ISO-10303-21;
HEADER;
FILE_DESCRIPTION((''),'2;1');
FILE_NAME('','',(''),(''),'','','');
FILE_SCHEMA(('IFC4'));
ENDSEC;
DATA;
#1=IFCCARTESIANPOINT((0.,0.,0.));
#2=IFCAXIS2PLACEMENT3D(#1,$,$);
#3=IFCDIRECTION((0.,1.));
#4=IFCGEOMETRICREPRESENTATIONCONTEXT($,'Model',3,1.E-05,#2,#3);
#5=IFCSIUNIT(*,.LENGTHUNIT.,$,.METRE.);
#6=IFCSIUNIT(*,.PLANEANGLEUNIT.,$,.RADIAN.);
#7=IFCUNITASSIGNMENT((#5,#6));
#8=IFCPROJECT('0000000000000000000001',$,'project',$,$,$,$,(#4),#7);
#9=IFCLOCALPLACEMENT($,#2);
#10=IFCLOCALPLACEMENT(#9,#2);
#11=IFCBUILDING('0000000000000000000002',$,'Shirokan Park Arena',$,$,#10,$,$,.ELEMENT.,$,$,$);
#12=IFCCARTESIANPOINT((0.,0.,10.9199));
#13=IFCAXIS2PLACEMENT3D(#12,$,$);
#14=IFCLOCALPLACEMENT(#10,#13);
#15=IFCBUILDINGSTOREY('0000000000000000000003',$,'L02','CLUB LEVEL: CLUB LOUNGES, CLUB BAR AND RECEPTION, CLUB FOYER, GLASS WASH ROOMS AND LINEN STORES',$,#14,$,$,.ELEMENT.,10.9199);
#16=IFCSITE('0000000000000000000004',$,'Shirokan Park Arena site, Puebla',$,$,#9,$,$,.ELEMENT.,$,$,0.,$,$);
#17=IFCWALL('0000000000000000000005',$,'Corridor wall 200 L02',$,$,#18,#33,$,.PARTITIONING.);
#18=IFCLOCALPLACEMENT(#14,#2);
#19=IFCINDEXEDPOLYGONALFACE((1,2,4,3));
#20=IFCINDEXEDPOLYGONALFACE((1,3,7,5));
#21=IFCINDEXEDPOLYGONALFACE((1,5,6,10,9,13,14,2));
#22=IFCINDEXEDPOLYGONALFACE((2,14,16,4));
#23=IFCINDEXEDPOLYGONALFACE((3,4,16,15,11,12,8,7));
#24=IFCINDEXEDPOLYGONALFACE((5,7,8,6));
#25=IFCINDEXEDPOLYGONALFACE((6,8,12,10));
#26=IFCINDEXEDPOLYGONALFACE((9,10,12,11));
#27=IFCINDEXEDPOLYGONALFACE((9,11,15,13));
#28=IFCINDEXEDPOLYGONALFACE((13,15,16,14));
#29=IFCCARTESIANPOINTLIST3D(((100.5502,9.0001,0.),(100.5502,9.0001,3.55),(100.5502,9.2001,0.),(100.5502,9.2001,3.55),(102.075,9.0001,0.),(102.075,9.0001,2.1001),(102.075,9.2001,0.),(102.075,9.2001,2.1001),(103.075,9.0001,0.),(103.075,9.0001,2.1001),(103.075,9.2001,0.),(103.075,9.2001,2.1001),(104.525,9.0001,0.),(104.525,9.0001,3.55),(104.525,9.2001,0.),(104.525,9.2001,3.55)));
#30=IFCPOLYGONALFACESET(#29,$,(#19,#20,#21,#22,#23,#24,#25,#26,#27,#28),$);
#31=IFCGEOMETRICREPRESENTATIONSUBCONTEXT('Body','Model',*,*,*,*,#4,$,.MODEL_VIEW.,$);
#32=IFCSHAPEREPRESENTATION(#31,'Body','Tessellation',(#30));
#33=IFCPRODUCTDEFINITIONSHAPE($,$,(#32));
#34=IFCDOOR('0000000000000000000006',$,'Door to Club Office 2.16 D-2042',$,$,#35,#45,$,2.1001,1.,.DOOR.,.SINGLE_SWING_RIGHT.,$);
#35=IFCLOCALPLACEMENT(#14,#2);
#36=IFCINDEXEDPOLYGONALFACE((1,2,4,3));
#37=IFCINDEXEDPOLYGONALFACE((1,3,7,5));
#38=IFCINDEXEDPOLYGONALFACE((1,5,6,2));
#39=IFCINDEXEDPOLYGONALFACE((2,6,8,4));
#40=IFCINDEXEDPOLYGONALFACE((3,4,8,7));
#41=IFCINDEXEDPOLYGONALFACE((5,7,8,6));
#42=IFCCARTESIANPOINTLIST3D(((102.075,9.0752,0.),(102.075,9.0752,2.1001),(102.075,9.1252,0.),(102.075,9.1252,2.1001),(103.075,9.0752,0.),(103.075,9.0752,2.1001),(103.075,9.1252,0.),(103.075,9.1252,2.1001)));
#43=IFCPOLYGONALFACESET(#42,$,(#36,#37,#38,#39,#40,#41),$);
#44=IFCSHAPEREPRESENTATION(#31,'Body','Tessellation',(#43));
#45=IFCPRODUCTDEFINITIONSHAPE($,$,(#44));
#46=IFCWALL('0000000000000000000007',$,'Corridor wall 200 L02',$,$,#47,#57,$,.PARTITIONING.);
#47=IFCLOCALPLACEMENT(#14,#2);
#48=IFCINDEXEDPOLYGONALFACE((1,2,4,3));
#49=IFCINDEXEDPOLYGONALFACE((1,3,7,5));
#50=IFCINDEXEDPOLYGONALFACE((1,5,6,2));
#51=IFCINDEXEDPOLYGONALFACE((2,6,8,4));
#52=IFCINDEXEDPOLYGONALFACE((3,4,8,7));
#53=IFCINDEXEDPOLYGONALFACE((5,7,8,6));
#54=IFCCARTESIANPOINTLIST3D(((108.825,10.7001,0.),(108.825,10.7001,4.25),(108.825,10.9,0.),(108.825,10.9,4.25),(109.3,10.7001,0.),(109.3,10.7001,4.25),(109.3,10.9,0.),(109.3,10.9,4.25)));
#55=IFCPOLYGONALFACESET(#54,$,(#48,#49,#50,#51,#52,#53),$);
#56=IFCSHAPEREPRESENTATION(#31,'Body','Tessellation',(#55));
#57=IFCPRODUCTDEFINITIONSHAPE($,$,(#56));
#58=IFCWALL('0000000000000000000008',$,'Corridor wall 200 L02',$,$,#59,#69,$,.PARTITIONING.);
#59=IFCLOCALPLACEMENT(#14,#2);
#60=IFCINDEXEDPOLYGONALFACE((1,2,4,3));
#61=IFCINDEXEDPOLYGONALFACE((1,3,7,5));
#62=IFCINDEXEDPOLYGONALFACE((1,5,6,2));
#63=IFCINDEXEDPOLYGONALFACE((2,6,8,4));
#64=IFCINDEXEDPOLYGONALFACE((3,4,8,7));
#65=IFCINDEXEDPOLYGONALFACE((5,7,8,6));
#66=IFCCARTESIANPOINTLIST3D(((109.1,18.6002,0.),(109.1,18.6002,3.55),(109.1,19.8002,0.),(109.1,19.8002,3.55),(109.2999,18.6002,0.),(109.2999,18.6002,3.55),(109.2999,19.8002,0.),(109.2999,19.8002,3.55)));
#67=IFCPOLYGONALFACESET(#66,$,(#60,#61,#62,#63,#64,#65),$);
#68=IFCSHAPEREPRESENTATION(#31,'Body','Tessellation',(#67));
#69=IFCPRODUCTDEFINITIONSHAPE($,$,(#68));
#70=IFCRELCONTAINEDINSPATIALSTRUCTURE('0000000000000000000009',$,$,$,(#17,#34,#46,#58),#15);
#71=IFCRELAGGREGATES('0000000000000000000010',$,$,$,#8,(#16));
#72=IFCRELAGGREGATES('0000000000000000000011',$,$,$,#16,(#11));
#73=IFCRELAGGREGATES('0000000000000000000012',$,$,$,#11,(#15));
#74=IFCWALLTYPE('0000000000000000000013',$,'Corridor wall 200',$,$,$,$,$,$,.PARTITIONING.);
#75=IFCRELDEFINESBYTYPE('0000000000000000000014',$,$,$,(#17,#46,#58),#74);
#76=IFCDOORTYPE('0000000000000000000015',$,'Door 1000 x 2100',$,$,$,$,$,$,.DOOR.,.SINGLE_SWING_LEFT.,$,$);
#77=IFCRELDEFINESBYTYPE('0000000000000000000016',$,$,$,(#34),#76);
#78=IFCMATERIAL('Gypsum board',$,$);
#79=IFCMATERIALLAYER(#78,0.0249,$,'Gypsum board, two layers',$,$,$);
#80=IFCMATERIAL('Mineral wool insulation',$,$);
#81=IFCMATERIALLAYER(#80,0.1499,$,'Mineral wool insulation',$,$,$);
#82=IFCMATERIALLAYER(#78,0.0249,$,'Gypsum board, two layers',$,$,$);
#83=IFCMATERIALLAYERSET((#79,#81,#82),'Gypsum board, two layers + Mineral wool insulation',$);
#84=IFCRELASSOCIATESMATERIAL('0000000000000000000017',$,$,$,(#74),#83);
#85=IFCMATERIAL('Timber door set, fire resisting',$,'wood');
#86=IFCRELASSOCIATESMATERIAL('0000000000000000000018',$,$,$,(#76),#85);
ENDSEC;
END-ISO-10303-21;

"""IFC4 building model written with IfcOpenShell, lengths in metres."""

from ifc_helpers import new_model, si_unit, direction, frame, frame_2d, origin, place, context, subcontext, project, spatial, rectangle, extrude, material, layer, layer_set, type_object, element, fill, save


model = new_model("IFC4")

# Units and contexts
model_context = context("Model", 3, precision=1e-05, world=origin(), true_north=direction((0.0, 1.0)))
body_context = subcontext(model_context, "Body", "Model", "MODEL_VIEW")
ifc_project = project(units=[si_unit("LENGTHUNIT", "METRE"), si_unit("PLANEANGLEUNIT", "RADIAN")], contexts=[model_context])

# Site, building, storey
site_placement = place(None, origin())
site = spatial("IfcSite", under=ifc_project, at=site_placement, Name="Shirokan Park Arena site, Puebla", CompositionType="ELEMENT", RefElevation=0.0)
building_placement = place(site_placement, origin())
building = spatial("IfcBuilding", under=site, at=building_placement, Name="Shirokan Park Arena", CompositionType="ELEMENT")
storey_placement = place(building_placement, frame((0.0, 0.0, 10.9199)))
storey = spatial("IfcBuildingStorey", under=building, at=storey_placement, Name="L02", Description="CLUB LEVEL: CLUB LOUNGES, CLUB BAR AND RECEPTION, CLUB FOYER, GLASS WASH ROOMS AND LINEN STORES", CompositionType="ELEMENT", Elevation=10.9199)

# Shared definitions
ifc_material_1 = material(Name="Mineral wool insulation")
ifc_material_2 = material(Name="Gypsum board")

# Shared definitions
ifc_material_3 = material(Name="Timber door set, fire resisting", Category="wood")

# Wall, opening, door
ifc_layer_1 = layer(ifc_material_2, 0.0249, Name="Gypsum board, two layers")
ifc_layer_2 = layer(ifc_material_1, 0.1499, Name="Mineral wool insulation")
ifc_layer_3 = layer(ifc_material_2, 0.0249, Name="Gypsum board, two layers")
ifc_layer_set_1 = layer_set([ifc_layer_1, ifc_layer_2, ifc_layer_3], Name="Gypsum board, two layers + Mineral wool insulation")
wall_type_1 = type_object("IfcWallType", Name="Corridor wall 200", PredefinedType="PARTITIONING", material=ifc_layer_set_1)
wall_1_placement = place(storey_placement, frame((104.5249, 9.1001, 0.0), z_axis=(0.0, 0.0, 1.0), x_axis=(-1.0, 0.0, 0.0)))
wall_1 = element("IfcWall", 1, at=wall_1_placement, inside=storey, type_object=wall_type_1, Name="Corridor wall 200 L02", PredefinedType="PARTITIONING", context=body_context, shape_type="SweptSolid", body=[
    extrude(rectangle(XDim=3.9749, YDim=0.2, at=frame_2d((1.9873, 0.0))), origin(), (0.0, 0.0, 1.0), 3.55),
])
opening_1_placement = place(wall_1_placement, frame((1.45, 0.0, 0.0)))
opening_1 = element("IfcOpeningElement", 2, at=opening_1_placement, cuts=wall_1, PredefinedType="OPENING", context=body_context, shape_type="SweptSolid", body=[
    extrude(rectangle(XDim=1.0, YDim=2.1001, at=frame_2d((0.5, 1.05))), frame((0.0, 0.1099, 0.0), z_axis=(0.0, -1.0, 0.0), x_axis=(1.0, 0.0, 0.0)), (0.0, 0.0, 1.0), 0.22),
])
door_type_1 = type_object("IfcDoorType", Name="Door 1000 x 2100", OperationType="SINGLE_SWING_LEFT", PredefinedType="DOOR", material=ifc_material_3)
door_1_placement = place(opening_1_placement, origin())
door_1 = element("IfcDoor", 3, at=door_1_placement, inside=storey, type_object=door_type_1, Name="Door to Club Office 2.16 D-2042", OperationType="SINGLE_SWING_RIGHT", OverallHeight=2.1001, OverallWidth=1.0, PredefinedType="DOOR", context=body_context, shape_type="SweptSolid", body=[
    extrude(rectangle(XDim=1.0, YDim=2.1001, at=frame_2d((0.5, 1.05))), frame((0.0, 0.0249, 0.0), z_axis=(0.0, -1.0, 0.0), x_axis=(1.0, 0.0, 0.0)), (0.0, 0.0, 1.0), 0.05),
])
fill(opening_1, door_1)

# Wall
wall_2_placement = place(storey_placement, frame((108.825, 10.8, 0.0), z_axis=(0.0, 0.0, 1.0), x_axis=(1.0, 0.0, 0.0)))
element("IfcWall", 4, at=wall_2_placement, inside=storey, type_object=wall_type_1, Name="Corridor wall 200 L02", PredefinedType="PARTITIONING", context=body_context, shape_type="SweptSolid", body=[
    extrude(rectangle(XDim=0.4751, YDim=0.2, at=frame_2d((0.2375, 0.0))), origin(), (0.0, 0.0, 1.0), 4.25),
])

# Wall
wall_3_placement = place(storey_placement, frame((109.2, 18.6001, 0.0), z_axis=(0.0, 0.0, 1.0), x_axis=(0.0, 1.0, 0.0)))
element("IfcWall", 5, at=wall_3_placement, inside=storey, type_object=wall_type_1, Name="Corridor wall 200 L02", PredefinedType="PARTITIONING", context=body_context, shape_type="SweptSolid", body=[
    extrude(rectangle(XDim=1.2, YDim=0.2, at=frame_2d((0.6001, 0.0))), origin(), (0.0, 0.0, 1.0), 3.55),
])

save(model, "model.ifc")
